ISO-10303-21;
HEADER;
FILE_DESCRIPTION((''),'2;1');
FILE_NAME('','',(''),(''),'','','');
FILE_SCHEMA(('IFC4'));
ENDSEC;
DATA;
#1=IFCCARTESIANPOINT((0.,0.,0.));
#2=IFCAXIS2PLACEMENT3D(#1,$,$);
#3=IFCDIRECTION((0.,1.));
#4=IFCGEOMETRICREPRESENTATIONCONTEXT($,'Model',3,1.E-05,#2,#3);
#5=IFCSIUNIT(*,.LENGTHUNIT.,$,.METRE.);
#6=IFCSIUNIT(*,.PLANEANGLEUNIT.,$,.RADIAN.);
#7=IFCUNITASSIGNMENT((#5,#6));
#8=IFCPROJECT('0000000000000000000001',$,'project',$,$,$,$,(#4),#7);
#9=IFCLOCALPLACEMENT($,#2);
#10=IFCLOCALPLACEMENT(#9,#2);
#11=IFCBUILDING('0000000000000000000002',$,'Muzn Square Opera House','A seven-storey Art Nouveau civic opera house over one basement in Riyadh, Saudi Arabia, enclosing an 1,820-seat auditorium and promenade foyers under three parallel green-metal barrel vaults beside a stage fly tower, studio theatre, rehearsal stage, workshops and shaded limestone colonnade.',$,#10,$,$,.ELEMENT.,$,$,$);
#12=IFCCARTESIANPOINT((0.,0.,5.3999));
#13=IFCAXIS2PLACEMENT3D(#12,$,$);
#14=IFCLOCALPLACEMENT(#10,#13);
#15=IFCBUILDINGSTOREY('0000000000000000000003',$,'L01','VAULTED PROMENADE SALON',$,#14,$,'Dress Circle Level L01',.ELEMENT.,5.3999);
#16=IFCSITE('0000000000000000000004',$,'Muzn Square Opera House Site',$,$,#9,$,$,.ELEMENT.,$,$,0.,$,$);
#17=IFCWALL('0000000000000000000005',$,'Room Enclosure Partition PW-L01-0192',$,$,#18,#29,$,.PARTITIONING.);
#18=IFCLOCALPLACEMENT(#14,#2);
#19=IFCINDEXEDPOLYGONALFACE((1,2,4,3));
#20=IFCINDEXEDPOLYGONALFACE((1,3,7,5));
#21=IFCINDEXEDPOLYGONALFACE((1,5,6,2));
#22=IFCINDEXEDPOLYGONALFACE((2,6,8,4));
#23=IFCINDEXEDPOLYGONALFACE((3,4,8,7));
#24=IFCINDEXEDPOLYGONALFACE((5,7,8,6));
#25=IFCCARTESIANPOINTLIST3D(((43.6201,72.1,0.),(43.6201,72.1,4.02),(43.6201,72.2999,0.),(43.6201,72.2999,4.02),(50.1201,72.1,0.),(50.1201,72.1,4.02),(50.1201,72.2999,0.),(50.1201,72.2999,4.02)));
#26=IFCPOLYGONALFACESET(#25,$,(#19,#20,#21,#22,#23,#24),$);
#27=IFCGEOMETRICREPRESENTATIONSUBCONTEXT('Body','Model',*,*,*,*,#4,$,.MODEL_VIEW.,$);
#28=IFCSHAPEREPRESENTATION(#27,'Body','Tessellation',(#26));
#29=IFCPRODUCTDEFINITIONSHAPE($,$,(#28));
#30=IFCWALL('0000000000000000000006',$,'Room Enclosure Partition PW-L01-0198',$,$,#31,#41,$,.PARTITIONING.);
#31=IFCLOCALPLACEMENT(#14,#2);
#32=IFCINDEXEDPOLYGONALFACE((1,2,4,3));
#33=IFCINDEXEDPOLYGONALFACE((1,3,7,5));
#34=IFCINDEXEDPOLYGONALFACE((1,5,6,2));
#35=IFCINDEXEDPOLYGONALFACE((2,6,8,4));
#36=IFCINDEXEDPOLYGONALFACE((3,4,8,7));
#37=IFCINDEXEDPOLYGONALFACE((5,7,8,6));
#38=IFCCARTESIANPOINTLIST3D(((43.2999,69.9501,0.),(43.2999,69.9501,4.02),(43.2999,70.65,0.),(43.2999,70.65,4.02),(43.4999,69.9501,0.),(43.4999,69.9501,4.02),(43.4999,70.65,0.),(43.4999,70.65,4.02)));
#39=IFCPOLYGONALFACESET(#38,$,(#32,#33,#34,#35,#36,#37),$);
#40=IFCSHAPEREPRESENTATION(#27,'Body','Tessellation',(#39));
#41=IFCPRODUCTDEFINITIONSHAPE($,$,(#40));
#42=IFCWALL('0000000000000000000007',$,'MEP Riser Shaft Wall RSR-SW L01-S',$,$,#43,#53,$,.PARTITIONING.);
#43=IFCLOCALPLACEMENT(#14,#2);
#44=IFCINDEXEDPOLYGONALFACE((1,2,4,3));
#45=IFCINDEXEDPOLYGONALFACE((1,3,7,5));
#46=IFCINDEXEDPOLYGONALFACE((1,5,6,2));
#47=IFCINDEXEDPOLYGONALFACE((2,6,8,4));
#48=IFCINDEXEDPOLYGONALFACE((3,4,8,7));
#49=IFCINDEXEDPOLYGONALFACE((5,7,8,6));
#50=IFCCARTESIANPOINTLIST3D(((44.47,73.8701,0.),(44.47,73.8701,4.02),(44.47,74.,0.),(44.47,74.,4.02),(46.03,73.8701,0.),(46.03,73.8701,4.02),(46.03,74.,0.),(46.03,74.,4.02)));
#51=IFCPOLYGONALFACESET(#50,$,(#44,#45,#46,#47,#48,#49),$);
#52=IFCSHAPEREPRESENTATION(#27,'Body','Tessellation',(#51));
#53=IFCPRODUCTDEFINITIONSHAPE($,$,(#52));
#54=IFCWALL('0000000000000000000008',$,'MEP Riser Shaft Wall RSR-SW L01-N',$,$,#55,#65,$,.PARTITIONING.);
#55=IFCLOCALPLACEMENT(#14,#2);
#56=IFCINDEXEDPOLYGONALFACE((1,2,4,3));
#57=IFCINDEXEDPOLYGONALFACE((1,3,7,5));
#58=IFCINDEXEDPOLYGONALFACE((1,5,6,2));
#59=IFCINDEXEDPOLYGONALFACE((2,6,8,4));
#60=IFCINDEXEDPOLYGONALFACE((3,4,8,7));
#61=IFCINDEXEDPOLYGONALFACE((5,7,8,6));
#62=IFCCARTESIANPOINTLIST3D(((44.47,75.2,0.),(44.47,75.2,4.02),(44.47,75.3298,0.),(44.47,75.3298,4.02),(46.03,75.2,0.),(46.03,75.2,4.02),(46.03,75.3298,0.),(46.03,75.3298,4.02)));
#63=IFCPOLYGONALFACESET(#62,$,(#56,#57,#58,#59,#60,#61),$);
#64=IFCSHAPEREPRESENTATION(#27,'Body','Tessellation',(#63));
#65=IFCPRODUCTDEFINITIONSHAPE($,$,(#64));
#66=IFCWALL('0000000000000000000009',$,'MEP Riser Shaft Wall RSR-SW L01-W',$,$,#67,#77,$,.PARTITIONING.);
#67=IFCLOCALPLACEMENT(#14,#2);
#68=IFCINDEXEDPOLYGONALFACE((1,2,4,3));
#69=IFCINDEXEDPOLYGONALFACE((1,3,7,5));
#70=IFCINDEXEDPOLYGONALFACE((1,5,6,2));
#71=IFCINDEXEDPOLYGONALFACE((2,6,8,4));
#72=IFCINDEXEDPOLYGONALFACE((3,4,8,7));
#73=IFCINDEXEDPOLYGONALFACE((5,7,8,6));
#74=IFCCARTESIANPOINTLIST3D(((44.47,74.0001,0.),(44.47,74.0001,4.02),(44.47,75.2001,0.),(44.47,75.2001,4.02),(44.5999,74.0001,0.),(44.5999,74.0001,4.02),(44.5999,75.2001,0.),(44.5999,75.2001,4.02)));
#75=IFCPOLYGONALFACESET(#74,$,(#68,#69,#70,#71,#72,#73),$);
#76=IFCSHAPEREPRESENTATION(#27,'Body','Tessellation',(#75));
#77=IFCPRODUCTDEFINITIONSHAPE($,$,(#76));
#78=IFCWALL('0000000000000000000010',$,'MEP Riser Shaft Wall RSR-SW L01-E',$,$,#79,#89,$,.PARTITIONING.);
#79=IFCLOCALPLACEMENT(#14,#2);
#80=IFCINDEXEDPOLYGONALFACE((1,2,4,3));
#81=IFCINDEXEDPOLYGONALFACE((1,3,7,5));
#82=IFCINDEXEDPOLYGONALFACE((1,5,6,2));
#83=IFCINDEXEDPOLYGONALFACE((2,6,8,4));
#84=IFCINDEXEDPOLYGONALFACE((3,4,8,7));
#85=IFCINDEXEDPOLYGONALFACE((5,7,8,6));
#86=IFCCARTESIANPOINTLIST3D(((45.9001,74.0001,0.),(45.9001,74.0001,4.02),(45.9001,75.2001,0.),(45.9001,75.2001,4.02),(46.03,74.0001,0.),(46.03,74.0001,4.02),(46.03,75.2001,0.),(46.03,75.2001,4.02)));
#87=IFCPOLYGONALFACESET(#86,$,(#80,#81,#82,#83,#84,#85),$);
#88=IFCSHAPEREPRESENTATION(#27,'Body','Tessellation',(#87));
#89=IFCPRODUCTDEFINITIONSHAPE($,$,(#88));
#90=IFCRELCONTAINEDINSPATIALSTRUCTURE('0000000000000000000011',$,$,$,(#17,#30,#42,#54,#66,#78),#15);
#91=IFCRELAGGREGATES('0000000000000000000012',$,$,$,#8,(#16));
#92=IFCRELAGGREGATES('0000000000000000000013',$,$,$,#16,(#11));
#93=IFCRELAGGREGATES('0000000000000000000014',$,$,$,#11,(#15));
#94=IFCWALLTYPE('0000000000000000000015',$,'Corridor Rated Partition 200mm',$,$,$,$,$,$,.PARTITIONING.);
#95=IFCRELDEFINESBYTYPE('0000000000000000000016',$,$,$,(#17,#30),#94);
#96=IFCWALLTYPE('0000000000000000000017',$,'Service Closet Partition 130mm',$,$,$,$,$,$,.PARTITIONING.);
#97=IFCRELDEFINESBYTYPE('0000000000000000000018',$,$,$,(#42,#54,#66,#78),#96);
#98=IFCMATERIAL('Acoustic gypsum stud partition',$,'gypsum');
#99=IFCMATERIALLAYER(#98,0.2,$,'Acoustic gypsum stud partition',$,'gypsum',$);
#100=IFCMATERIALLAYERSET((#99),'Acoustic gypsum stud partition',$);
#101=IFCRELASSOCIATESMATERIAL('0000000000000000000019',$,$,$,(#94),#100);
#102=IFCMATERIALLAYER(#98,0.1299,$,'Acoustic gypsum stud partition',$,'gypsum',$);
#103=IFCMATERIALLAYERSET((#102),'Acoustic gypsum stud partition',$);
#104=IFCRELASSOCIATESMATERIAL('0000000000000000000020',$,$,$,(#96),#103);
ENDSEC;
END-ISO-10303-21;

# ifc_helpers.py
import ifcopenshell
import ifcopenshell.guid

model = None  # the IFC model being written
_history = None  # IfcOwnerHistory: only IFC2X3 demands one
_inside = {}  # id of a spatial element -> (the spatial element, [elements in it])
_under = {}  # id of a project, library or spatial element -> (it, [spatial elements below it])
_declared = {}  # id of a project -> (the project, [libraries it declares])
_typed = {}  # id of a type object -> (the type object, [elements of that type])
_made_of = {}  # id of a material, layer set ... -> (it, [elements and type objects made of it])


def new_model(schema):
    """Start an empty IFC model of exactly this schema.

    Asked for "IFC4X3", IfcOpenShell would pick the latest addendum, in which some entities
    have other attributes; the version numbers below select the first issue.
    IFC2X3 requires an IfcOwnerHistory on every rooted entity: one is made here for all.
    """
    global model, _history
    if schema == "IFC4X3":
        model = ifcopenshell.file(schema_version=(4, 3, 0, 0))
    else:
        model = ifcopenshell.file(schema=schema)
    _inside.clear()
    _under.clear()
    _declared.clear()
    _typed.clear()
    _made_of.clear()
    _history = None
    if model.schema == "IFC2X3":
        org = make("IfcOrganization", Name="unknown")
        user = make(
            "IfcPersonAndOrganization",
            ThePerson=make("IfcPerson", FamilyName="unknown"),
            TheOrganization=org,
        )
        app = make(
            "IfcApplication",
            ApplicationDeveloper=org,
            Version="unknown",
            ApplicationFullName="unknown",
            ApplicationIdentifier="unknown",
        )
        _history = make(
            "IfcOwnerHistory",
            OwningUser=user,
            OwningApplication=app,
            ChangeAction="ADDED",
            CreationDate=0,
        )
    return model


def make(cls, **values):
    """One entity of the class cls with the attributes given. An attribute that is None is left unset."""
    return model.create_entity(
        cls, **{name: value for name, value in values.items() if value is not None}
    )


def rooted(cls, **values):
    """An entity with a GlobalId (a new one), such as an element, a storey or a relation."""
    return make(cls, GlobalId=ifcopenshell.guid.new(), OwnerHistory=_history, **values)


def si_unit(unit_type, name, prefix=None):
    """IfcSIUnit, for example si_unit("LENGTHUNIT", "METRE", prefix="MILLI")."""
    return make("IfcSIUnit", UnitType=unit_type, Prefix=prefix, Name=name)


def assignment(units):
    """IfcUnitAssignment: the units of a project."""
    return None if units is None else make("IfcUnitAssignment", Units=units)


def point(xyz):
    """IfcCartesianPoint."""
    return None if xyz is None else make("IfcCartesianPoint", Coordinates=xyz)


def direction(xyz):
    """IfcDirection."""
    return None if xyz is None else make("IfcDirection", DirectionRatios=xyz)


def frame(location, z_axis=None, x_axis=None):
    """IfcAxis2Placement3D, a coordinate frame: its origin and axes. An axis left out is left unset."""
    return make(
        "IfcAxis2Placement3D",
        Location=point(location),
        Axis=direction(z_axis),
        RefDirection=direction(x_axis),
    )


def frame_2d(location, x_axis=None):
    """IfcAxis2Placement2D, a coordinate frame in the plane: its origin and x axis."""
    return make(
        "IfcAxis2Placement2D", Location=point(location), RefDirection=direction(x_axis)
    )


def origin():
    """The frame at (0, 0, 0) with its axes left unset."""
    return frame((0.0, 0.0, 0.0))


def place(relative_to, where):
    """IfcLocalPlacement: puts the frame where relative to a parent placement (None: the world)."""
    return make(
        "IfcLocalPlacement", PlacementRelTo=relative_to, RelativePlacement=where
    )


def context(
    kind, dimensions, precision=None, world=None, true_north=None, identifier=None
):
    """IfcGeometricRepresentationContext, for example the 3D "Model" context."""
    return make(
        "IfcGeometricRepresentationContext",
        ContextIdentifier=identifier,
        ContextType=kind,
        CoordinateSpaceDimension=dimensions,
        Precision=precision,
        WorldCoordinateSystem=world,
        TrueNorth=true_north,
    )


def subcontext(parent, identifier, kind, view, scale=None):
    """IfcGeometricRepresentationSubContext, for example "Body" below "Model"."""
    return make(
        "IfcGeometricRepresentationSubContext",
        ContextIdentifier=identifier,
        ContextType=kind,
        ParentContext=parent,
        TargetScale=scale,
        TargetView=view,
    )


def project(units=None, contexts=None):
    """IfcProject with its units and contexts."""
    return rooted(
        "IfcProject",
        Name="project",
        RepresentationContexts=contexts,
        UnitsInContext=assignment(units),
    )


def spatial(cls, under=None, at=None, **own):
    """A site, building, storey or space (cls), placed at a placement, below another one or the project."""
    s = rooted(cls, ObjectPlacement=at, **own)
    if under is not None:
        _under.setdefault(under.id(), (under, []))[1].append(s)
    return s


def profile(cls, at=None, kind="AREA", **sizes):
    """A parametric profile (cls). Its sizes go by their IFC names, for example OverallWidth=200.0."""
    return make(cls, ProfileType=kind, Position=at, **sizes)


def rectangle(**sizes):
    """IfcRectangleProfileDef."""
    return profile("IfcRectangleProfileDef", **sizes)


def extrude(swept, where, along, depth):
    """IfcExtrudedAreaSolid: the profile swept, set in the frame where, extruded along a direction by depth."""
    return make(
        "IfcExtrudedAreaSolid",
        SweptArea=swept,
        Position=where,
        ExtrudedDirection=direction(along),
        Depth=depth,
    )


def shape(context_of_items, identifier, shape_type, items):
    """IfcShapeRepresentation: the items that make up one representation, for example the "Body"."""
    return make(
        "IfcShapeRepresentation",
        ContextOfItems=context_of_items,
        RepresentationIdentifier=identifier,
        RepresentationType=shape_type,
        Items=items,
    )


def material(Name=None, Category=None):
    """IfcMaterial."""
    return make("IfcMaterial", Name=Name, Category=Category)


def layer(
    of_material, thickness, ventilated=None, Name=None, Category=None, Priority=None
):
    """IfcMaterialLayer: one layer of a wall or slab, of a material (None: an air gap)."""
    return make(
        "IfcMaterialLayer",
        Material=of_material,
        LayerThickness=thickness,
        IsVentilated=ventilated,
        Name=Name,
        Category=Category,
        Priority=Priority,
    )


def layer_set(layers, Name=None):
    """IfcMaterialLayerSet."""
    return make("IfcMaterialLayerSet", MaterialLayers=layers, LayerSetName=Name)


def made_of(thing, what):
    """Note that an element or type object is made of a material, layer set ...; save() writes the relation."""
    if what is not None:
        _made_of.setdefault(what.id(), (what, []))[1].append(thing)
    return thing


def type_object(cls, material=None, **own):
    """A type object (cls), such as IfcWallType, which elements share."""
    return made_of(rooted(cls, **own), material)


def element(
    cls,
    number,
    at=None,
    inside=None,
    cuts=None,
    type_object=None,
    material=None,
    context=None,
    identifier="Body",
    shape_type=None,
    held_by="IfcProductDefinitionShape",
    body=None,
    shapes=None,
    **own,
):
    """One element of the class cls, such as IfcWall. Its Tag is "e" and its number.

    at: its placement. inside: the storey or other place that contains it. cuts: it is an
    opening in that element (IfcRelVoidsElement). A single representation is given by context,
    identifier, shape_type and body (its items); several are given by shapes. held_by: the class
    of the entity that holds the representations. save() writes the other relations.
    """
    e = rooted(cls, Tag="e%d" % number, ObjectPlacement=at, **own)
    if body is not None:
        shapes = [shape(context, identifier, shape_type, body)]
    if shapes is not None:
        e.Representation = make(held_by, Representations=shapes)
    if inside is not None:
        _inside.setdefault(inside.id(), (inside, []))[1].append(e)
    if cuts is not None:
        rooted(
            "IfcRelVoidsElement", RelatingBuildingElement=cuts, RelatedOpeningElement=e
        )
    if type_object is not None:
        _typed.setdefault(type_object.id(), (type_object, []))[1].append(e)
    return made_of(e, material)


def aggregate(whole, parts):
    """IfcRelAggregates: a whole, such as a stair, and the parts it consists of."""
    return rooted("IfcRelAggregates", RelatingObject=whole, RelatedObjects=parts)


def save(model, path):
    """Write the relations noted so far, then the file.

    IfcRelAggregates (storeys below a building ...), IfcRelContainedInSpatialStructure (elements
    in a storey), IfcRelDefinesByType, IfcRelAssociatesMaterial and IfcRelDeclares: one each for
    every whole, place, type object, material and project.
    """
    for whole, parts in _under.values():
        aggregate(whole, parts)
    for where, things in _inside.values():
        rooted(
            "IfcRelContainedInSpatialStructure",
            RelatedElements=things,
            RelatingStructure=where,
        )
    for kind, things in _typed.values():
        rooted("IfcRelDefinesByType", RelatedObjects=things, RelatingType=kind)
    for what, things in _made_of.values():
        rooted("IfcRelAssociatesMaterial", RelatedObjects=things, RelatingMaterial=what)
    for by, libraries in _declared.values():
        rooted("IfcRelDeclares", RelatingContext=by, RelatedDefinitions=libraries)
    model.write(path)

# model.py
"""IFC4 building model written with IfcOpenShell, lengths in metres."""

from ifc_helpers import new_model, si_unit, direction, frame, frame_2d, origin, place, context, subcontext, project, spatial, rectangle, extrude, material, layer, layer_set, type_object, element, save


model = new_model("IFC4")

# Units and contexts
model_context = context("Model", 3, precision=1e-05, world=origin(), true_north=direction((0.0, 1.0)))
body_context = subcontext(model_context, "Body", "Model", "MODEL_VIEW")
ifc_project = project(units=[si_unit("LENGTHUNIT", "METRE"), si_unit("PLANEANGLEUNIT", "RADIAN")], contexts=[model_context])

# Site, building, storey
site_placement = place(None, origin())
site = spatial("IfcSite", under=ifc_project, at=site_placement, Name="Muzn Square Opera House Site", CompositionType="ELEMENT", RefElevation=0.0)
building_placement = place(site_placement, origin())
building = spatial("IfcBuilding", under=site, at=building_placement, Name="Muzn Square Opera House", Description="A seven-storey Art Nouveau civic opera house over one basement in Riyadh, Saudi Arabia, enclosing an 1,820-seat auditorium and promenade foyers under three parallel green-metal barrel vaults beside a stage fly tower, studio theatre, rehearsal stage, workshops and shaded limestone colonnade.", CompositionType="ELEMENT")
storey_placement = place(building_placement, frame((0.0, 0.0, 5.3999)))
storey = spatial("IfcBuildingStorey", under=building, at=storey_placement, Name="L01", Description="VAULTED PROMENADE SALON", LongName="Dress Circle Level L01", CompositionType="ELEMENT", Elevation=5.3999)

# Walls
ifc_material_1 = material(Name="Acoustic gypsum stud partition", Category="gypsum")
ifc_layer_1 = layer(ifc_material_1, 0.2, Name="Acoustic gypsum stud partition", Category="gypsum")
ifc_layer_set_1 = layer_set([ifc_layer_1], Name="Acoustic gypsum stud partition")
wall_type_1 = type_object("IfcWallType", Name="Corridor Rated Partition 200mm", PredefinedType="PARTITIONING", material=ifc_layer_set_1)
wall_1_placement = place(storey_placement, frame((43.6201, 72.2, 0.0), z_axis=(0.0, 0.0, 1.0), x_axis=(1.0, 0.0, 0.0)))
element("IfcWall", 1, at=wall_1_placement, inside=storey, type_object=wall_type_1, Name="Room Enclosure Partition PW-L01-0192", PredefinedType="PARTITIONING", context=body_context, shape_type="SweptSolid", body=[
    extrude(rectangle(XDim=6.5, YDim=0.2, at=frame_2d((3.25, 0.0))), origin(), (0.0, 0.0, 1.0), 4.02),
])
wall_2_placement = place(storey_placement, frame((43.3999, 69.95, 0.0), z_axis=(0.0, 0.0, 1.0), x_axis=(0.0, 1.0, 0.0)))
element("IfcWall", 2, at=wall_2_placement, inside=storey, type_object=wall_type_1, Name="Room Enclosure Partition PW-L01-0198", PredefinedType="PARTITIONING", context=body_context, shape_type="SweptSolid", body=[
    extrude(rectangle(XDim=0.7, YDim=0.2, at=frame_2d((0.3501, 0.0))), origin(), (0.0, 0.0, 1.0), 4.02),
])
ifc_layer_2 = layer(ifc_material_1, 0.1299, Name="Acoustic gypsum stud partition", Category="gypsum")
ifc_layer_set_2 = layer_set([ifc_layer_2], Name="Acoustic gypsum stud partition")
wall_type_2 = type_object("IfcWallType", Name="Service Closet Partition 130mm", PredefinedType="PARTITIONING", material=ifc_layer_set_2)
for number, where, z_axis, x_axis, name in (
    (3, (44.47, 73.9351, 0.0), (0.0, 0.0, 1.0), (1.0, 0.0, 0.0), "MEP Riser Shaft Wall RSR-SW L01-S"),
    (4, (44.47, 75.2649, 0.0), (0.0, 0.0, 1.0), (1.0, 0.0, 0.0), "MEP Riser Shaft Wall RSR-SW L01-N"),
):
    element("IfcWall", number, at=place(storey_placement, frame(where, z_axis=z_axis, x_axis=x_axis)), inside=storey, type_object=wall_type_2, Name=name, PredefinedType="PARTITIONING", context=body_context, shape_type="SweptSolid", body=[
        extrude(rectangle(XDim=1.5601, YDim=0.1299, at=frame_2d((0.78, 0.0))), origin(), (0.0, 0.0, 1.0), 4.02),
    ])
for number, where, z_axis, x_axis, name in (
    (5, (44.5349, 74.0, 0.0), (0.0, 0.0, 1.0), (0.0, 1.0, 0.0), "MEP Riser Shaft Wall RSR-SW L01-W"),
    (6, (45.9651, 74.0, 0.0), (0.0, 0.0, 1.0), (0.0, 1.0, 0.0), "MEP Riser Shaft Wall RSR-SW L01-E"),
):
    element("IfcWall", number, at=place(storey_placement, frame(where, z_axis=z_axis, x_axis=x_axis)), inside=storey, type_object=wall_type_2, Name=name, PredefinedType="PARTITIONING", context=body_context, shape_type="SweptSolid", body=[
        extrude(rectangle(XDim=1.2, YDim=0.1299, at=frame_2d((0.6001, 0.0))), origin(), (0.0, 0.0, 1.0), 4.02),
    ])

save(model, "model.ifc")
